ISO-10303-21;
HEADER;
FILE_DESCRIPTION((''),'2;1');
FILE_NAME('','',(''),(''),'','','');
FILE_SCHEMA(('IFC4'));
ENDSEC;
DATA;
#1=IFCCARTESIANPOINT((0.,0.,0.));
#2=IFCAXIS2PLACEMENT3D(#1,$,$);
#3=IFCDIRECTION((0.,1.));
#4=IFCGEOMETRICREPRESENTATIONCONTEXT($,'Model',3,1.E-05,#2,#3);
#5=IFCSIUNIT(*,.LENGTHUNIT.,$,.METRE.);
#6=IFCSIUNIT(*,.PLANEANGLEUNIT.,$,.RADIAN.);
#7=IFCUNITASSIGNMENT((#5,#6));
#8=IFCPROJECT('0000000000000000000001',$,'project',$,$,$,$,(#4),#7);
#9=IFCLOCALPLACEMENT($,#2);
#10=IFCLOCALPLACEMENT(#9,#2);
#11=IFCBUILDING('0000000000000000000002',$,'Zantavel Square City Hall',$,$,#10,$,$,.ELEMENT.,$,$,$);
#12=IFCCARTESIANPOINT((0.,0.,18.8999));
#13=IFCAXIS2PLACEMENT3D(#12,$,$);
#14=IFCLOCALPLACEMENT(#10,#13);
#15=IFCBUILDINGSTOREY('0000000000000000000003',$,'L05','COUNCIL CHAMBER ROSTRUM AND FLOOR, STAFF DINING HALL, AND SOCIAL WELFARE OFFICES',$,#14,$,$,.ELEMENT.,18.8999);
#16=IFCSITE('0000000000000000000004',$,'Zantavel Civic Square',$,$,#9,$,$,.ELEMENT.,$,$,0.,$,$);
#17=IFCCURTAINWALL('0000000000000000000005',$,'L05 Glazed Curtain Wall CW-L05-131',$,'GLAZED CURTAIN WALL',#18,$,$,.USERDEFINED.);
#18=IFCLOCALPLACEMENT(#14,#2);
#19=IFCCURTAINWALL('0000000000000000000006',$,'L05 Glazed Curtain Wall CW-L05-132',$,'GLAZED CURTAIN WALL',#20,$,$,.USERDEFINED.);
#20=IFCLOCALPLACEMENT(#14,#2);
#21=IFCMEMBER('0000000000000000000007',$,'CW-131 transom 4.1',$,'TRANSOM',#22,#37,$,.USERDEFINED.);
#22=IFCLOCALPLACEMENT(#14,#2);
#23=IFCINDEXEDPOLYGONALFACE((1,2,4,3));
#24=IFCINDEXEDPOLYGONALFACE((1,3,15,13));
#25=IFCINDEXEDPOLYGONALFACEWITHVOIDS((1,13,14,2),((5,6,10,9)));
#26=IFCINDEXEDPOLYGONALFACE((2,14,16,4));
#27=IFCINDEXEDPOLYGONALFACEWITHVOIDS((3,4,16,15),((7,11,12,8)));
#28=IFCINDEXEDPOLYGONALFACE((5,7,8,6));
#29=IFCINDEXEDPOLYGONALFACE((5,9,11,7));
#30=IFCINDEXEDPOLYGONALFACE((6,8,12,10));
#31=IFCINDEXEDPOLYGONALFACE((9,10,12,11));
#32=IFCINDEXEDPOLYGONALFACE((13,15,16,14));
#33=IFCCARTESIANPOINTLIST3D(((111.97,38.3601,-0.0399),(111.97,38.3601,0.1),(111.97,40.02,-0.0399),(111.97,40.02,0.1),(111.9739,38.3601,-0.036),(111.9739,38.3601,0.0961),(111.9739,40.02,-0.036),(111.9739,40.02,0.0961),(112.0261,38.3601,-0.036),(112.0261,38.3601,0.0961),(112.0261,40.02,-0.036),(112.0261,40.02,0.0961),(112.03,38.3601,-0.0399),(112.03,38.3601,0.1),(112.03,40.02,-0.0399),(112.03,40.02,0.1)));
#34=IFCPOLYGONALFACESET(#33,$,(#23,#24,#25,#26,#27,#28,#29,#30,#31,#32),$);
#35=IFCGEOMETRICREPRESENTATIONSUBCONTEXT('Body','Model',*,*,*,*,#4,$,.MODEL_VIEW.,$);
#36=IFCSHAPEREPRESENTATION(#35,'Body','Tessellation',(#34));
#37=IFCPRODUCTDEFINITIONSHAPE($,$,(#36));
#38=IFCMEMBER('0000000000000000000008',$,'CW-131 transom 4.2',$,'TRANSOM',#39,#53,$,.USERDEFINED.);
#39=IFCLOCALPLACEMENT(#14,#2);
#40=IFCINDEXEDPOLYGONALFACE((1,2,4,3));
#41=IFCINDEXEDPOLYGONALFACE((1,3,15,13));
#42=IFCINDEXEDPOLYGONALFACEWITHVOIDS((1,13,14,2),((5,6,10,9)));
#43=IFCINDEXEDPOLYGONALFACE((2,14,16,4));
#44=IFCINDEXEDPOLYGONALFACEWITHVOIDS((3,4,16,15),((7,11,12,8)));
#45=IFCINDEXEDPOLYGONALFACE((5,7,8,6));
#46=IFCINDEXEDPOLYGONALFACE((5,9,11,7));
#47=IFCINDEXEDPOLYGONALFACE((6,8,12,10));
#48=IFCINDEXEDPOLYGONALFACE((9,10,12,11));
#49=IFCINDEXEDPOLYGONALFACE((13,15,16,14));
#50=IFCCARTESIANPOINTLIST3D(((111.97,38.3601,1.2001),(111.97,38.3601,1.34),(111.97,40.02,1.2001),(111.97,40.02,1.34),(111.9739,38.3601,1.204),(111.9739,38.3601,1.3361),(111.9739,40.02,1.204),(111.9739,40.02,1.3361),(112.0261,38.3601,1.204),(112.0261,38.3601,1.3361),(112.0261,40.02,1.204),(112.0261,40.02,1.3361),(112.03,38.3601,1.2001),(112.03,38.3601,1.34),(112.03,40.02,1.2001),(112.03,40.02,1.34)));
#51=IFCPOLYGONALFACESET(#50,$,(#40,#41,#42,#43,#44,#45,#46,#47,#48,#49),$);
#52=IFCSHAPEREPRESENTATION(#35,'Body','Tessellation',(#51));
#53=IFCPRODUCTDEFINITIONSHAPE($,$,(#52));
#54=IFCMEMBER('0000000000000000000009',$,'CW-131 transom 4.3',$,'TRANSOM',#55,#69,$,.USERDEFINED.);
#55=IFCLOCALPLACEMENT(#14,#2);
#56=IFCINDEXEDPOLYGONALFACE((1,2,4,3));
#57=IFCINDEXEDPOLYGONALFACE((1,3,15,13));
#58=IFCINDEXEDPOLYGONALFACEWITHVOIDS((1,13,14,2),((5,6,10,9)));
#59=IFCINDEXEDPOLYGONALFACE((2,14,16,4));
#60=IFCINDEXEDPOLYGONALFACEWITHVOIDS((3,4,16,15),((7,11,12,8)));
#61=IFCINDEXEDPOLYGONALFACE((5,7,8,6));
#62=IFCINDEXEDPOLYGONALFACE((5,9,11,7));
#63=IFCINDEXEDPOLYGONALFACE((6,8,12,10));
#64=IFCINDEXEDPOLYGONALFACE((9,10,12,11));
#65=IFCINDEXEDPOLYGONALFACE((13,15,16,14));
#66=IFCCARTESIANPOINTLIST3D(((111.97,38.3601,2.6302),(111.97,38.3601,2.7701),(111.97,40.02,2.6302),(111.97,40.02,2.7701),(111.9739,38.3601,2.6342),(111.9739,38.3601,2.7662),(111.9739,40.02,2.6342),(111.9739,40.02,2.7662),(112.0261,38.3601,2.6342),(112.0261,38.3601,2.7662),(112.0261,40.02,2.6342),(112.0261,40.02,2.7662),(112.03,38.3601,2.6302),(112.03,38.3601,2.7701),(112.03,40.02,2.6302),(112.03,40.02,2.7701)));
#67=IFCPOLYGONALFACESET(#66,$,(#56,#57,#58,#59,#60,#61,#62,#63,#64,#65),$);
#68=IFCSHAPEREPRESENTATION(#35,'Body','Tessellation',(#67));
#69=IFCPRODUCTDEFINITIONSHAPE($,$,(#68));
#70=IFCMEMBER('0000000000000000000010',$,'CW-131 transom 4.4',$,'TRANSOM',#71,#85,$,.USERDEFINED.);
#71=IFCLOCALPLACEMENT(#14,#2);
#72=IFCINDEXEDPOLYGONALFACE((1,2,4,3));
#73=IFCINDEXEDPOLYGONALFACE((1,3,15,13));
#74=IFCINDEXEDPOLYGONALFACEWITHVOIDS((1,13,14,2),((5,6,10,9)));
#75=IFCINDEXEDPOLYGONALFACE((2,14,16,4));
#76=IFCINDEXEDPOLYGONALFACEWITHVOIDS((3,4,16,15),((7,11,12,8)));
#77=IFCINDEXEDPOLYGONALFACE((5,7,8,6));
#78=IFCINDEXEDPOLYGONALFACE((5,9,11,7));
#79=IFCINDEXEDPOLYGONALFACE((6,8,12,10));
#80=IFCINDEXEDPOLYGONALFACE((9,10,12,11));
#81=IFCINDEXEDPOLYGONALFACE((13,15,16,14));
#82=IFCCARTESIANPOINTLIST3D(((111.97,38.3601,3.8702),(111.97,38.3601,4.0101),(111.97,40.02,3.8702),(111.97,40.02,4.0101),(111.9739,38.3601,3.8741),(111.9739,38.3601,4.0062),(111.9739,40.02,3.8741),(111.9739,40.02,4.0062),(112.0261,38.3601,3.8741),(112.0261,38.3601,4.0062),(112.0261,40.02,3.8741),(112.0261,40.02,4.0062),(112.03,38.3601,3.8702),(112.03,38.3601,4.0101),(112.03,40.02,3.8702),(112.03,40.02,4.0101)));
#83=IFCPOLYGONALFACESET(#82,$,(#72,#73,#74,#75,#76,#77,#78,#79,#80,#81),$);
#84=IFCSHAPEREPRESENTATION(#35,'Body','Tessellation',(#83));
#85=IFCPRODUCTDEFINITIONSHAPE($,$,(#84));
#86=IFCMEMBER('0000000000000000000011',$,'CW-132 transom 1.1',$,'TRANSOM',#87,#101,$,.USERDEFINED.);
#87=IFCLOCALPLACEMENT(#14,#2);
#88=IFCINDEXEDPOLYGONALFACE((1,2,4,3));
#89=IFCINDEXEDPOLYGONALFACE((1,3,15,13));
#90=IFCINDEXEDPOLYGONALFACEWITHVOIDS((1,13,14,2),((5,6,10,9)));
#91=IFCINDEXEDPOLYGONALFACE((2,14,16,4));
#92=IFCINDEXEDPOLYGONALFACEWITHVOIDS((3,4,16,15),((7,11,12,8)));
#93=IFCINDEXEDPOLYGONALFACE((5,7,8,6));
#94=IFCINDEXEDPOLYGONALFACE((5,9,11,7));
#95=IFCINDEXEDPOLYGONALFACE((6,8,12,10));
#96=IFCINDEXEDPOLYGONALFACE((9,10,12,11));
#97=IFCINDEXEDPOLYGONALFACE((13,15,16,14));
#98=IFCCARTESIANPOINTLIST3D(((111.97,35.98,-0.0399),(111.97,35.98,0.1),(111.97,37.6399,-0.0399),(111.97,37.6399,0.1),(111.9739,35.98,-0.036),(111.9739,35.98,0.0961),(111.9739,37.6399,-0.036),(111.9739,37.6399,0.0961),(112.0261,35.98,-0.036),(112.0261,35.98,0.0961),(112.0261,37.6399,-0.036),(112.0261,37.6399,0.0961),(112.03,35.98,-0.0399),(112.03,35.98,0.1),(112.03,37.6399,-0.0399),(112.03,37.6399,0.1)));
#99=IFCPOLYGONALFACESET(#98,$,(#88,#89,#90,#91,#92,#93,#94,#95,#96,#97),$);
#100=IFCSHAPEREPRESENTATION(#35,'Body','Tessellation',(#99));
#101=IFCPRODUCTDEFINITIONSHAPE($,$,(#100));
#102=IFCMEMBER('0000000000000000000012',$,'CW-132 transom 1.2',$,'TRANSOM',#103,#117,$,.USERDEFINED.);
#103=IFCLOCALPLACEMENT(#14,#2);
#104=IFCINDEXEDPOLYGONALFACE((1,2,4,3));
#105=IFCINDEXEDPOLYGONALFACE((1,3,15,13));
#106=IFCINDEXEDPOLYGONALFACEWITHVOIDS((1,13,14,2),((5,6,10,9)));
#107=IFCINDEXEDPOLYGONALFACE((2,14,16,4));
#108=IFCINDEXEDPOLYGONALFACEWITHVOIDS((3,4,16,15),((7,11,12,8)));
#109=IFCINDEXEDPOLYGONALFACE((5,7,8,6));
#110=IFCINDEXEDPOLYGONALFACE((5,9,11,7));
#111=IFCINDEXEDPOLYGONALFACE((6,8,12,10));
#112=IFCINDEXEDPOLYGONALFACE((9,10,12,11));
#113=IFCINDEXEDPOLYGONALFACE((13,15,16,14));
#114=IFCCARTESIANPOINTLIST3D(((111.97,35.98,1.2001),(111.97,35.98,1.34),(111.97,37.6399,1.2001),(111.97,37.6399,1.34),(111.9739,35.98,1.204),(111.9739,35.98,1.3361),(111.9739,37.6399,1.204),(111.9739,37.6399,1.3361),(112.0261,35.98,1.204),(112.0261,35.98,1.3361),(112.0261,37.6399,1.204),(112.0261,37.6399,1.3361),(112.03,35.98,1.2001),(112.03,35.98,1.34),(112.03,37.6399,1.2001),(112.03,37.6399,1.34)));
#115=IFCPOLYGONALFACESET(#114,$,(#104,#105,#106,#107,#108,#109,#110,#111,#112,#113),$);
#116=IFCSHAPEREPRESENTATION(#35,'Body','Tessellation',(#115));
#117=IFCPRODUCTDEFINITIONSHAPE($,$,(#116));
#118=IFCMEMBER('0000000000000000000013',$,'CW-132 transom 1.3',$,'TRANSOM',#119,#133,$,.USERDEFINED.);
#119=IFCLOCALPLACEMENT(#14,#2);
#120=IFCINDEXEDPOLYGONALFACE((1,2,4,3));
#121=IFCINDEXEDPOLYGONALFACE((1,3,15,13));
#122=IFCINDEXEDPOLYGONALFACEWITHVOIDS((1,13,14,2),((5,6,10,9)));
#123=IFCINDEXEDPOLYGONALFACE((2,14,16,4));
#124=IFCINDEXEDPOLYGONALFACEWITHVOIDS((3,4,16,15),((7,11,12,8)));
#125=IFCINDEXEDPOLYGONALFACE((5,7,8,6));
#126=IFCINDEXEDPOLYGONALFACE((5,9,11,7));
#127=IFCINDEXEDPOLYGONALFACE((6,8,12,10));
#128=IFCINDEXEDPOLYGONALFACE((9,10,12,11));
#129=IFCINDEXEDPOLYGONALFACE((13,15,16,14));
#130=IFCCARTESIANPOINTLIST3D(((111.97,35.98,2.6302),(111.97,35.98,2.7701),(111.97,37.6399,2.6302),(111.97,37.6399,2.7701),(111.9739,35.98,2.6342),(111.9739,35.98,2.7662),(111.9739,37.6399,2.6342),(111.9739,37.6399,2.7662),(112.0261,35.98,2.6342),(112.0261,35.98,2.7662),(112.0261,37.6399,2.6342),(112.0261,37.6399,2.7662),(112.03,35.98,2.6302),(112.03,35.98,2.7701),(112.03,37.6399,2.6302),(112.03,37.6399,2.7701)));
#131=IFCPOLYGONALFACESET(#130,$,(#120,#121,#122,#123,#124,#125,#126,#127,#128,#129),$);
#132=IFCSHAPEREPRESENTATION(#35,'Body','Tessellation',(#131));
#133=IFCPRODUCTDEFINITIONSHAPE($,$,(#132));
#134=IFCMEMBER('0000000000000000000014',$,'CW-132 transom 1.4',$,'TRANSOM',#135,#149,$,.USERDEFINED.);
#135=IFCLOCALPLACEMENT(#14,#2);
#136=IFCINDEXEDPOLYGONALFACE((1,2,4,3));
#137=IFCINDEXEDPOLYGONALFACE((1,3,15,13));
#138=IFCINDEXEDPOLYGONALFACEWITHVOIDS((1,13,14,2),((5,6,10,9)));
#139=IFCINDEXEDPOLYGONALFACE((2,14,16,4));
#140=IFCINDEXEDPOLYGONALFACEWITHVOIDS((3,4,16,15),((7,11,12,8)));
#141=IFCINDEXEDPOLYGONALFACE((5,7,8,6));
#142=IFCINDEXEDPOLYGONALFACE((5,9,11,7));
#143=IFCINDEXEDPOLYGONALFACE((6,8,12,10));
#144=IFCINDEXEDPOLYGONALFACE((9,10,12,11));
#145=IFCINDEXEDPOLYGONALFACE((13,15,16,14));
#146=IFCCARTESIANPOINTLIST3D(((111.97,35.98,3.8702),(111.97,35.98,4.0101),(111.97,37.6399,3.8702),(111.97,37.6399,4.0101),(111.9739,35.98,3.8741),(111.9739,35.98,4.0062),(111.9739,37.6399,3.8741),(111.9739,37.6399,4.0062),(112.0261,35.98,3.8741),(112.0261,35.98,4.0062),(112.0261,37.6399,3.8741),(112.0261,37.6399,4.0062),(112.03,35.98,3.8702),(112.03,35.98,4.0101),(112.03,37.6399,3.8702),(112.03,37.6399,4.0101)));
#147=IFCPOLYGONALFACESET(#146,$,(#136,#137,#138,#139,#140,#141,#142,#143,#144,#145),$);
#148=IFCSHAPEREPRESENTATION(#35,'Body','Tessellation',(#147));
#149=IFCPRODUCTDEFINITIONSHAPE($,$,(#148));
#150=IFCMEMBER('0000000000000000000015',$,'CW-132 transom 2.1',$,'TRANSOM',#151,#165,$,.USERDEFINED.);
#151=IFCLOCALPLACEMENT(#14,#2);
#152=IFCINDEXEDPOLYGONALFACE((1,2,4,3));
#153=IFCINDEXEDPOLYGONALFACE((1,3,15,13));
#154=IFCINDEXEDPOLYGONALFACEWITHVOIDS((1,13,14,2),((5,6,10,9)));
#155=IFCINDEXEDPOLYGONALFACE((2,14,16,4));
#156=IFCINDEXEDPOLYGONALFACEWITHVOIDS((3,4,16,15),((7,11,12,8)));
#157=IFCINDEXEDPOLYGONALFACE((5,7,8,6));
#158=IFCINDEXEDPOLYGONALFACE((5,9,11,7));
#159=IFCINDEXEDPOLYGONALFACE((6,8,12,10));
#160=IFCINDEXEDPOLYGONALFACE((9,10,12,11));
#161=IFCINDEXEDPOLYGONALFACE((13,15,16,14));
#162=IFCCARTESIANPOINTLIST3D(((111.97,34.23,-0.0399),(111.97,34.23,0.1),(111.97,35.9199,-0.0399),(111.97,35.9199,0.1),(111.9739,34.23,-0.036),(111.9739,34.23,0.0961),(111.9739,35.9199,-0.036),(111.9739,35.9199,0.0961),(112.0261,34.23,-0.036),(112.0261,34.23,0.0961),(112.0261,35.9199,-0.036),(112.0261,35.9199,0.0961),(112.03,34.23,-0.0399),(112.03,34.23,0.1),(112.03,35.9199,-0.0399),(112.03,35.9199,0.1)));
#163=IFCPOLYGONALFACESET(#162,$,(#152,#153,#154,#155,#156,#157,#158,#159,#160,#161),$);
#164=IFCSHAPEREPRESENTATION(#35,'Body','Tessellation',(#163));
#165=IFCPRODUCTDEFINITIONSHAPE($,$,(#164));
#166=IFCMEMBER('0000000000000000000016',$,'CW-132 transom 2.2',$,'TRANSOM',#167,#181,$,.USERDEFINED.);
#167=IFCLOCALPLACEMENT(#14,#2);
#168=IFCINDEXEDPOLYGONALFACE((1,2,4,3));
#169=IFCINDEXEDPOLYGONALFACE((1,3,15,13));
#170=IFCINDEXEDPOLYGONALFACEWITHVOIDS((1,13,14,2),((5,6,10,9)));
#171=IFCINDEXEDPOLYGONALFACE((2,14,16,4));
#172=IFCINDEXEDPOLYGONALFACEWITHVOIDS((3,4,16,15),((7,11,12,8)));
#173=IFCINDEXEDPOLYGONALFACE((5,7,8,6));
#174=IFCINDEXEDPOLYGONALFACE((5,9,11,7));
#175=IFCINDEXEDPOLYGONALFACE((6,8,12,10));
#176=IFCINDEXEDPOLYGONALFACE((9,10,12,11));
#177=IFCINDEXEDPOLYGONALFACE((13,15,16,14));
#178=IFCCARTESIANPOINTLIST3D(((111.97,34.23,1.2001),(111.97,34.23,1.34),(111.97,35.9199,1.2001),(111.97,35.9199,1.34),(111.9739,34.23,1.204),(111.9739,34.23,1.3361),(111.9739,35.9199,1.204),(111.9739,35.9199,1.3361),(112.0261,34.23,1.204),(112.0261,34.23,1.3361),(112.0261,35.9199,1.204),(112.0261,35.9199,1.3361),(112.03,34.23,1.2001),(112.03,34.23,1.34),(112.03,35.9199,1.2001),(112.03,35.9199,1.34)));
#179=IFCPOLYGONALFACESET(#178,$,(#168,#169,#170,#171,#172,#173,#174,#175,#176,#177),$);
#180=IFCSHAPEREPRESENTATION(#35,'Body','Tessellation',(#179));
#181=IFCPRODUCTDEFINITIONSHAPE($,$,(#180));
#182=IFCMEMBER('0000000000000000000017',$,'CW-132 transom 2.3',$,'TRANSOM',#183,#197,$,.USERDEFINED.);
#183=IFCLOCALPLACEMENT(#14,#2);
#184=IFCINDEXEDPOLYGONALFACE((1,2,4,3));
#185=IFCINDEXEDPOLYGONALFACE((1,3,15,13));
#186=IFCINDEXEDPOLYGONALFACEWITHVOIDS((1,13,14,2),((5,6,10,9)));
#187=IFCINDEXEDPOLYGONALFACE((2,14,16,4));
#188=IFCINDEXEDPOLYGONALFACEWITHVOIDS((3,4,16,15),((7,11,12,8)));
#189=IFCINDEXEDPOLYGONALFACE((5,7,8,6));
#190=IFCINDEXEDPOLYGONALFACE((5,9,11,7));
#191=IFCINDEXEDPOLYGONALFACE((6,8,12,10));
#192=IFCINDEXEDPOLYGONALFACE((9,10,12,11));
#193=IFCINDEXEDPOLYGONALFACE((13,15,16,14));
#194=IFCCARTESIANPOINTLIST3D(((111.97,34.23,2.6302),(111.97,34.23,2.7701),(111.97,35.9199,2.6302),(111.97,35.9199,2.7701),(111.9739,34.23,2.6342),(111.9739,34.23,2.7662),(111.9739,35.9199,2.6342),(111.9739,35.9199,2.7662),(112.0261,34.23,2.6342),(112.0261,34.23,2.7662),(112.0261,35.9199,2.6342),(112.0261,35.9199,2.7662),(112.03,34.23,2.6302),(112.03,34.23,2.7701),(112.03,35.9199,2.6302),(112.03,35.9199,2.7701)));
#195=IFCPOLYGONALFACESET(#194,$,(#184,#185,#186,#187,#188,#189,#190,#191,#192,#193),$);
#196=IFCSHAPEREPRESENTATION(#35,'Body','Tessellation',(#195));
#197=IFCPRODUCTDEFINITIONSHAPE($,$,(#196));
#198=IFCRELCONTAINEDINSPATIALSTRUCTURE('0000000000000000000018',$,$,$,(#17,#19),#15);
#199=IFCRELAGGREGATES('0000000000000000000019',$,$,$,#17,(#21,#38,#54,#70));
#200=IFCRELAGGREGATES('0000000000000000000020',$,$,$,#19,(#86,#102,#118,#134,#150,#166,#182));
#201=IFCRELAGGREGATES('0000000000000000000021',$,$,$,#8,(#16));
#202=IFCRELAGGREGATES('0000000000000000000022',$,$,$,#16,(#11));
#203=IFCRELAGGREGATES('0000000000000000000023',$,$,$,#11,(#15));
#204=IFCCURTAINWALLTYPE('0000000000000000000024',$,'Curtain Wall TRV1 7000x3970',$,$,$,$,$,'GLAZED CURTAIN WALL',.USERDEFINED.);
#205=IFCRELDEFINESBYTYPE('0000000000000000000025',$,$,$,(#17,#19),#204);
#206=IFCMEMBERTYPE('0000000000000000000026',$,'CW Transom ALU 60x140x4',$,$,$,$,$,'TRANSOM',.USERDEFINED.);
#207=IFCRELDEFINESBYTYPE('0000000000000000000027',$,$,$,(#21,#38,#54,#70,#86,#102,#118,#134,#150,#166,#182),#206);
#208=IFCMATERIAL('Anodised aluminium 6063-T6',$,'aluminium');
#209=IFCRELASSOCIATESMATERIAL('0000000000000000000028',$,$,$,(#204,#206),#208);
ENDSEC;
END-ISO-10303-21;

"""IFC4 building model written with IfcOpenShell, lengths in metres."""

from ifc_helpers import new_model, si_unit, direction, frame, origin, origin_2d, place, context, subcontext, project, spatial, hollow_rectangle, extrude, material, material_profile, profile_set, type_object, element, aggregate, save


model = new_model("IFC4")

# Units and contexts
model_context = context("Model", 3, precision=1e-05, world=origin(), true_north=direction((0.0, 1.0)))
body_context = subcontext(model_context, "Body", "Model", "MODEL_VIEW")
ifc_project = project(units=[si_unit("LENGTHUNIT", "METRE"), si_unit("PLANEANGLEUNIT", "RADIAN")], contexts=[model_context])

# Site, building, storey
site_placement = place(None, origin())
site = spatial("IfcSite", under=ifc_project, at=site_placement, Name="Zantavel Civic Square", CompositionType="ELEMENT", RefElevation=0.0)
building_placement = place(site_placement, origin())
building = spatial("IfcBuilding", under=site, at=building_placement, Name="Zantavel Square City Hall", CompositionType="ELEMENT")
storey_placement = place(building_placement, frame((0.0, 0.0, 18.8999)))
storey = spatial("IfcBuildingStorey", under=building, at=storey_placement, Name="L05", Description="COUNCIL CHAMBER ROSTRUM AND FLOOR, STAFF DINING HALL, AND SOCIAL WELFARE OFFICES", CompositionType="ELEMENT", Elevation=18.8999)

# Curtain walls
ifc_material_1 = material(Name="Anodised aluminium 6063-T6", Category="aluminium")
curtain_wall_type = type_object("IfcCurtainWallType", Name="Curtain Wall TRV1 7000x3970", ElementType="GLAZED CURTAIN WALL", PredefinedType="USERDEFINED", material=ifc_material_1)
curtain_wall_1_placement = place(storey_placement, origin())
curtain_wall_1 = element("IfcCurtainWall", 1, at=curtain_wall_1_placement, inside=storey, type_object=curtain_wall_type, Name="L05 Glazed Curtain Wall CW-L05-131", ObjectType="GLAZED CURTAIN WALL", PredefinedType="USERDEFINED")
curtain_wall_2_placement = place(storey_placement, origin())
curtain_wall_2 = element("IfcCurtainWall", 2, at=curtain_wall_2_placement, inside=storey, type_object=curtain_wall_type, Name="L05 Glazed Curtain Wall CW-L05-132", ObjectType="GLAZED CURTAIN WALL", PredefinedType="USERDEFINED")

# Members
ifc_material_profile_1 = material_profile(ifc_material_1, hollow_rectangle(XDim=0.0601, YDim=0.1399, WallThickness=0.0039, at=origin_2d()), Name="ALU 60x140x4")
ifc_profile_set_1 = profile_set([ifc_material_profile_1], Name="Anodised aluminium 6063-T6")
member_type_1 = type_object("IfcMemberType", Name="CW Transom ALU 60x140x4", ElementType="TRANSOM", PredefinedType="USERDEFINED", material=ifc_profile_set_1)
member_1_placement = place(storey_placement, frame((112.0, 40.02, 0.03), z_axis=(0.0, -1.0, 0.0), x_axis=(1.0, 0.0, 0.0)))
member_1 = element("IfcMember", 3, at=member_1_placement, type_object=member_type_1, Name="CW-131 transom 4.1", ObjectType="TRANSOM", PredefinedType="USERDEFINED", context=body_context, shape_type="SweptSolid", body=[
    extrude(hollow_rectangle(XDim=0.0601, YDim=0.1399, WallThickness=0.0039, at=origin_2d()), origin(), (0.0, 0.0, 1.0), 1.6599),
])
member_2_placement = place(storey_placement, frame((112.0, 40.02, 1.27), z_axis=(0.0, -1.0, 0.0), x_axis=(1.0, 0.0, 0.0)))
member_2 = element("IfcMember", 4, at=member_2_placement, type_object=member_type_1, Name="CW-131 transom 4.2", ObjectType="TRANSOM", PredefinedType="USERDEFINED", context=body_context, shape_type="SweptSolid", body=[
    extrude(hollow_rectangle(XDim=0.0601, YDim=0.1399, WallThickness=0.0039, at=origin_2d()), origin(), (0.0, 0.0, 1.0), 1.6599),
])
member_3_placement = place(storey_placement, frame((112.0, 40.02, 2.7002), z_axis=(0.0, -1.0, 0.0), x_axis=(1.0, 0.0, 0.0)))
member_3 = element("IfcMember", 5, at=member_3_placement, type_object=member_type_1, Name="CW-131 transom 4.3", ObjectType="TRANSOM", PredefinedType="USERDEFINED", context=body_context, shape_type="SweptSolid", body=[
    extrude(hollow_rectangle(XDim=0.0601, YDim=0.1399, WallThickness=0.0039, at=origin_2d()), origin(), (0.0, 0.0, 1.0), 1.6599),
])
member_4_placement = place(storey_placement, frame((112.0, 40.02, 3.9402), z_axis=(0.0, -1.0, 0.0), x_axis=(1.0, 0.0, 0.0)))
member_4 = element("IfcMember", 6, at=member_4_placement, type_object=member_type_1, Name="CW-131 transom 4.4", ObjectType="TRANSOM", PredefinedType="USERDEFINED", context=body_context, shape_type="SweptSolid", body=[
    extrude(hollow_rectangle(XDim=0.0601, YDim=0.1399, WallThickness=0.0039, at=origin_2d()), origin(), (0.0, 0.0, 1.0), 1.6599),
])
member_5_placement = place(storey_placement, frame((112.0, 37.6399, 0.03), z_axis=(0.0, -1.0, 0.0), x_axis=(1.0, 0.0, 0.0)))
member_5 = element("IfcMember", 7, at=member_5_placement, type_object=member_type_1, Name="CW-132 transom 1.1", ObjectType="TRANSOM", PredefinedType="USERDEFINED", context=body_context, shape_type="SweptSolid", body=[
    extrude(hollow_rectangle(XDim=0.0601, YDim=0.1399, WallThickness=0.0039, at=origin_2d()), origin(), (0.0, 0.0, 1.0), 1.6599),
])
member_6_placement = place(storey_placement, frame((112.0, 37.6399, 1.27), z_axis=(0.0, -1.0, 0.0), x_axis=(1.0, 0.0, 0.0)))
member_6 = element("IfcMember", 8, at=member_6_placement, type_object=member_type_1, Name="CW-132 transom 1.2", ObjectType="TRANSOM", PredefinedType="USERDEFINED", context=body_context, shape_type="SweptSolid", body=[
    extrude(hollow_rectangle(XDim=0.0601, YDim=0.1399, WallThickness=0.0039, at=origin_2d()), origin(), (0.0, 0.0, 1.0), 1.6599),
])
member_7_placement = place(storey_placement, frame((112.0, 37.6399, 2.7002), z_axis=(0.0, -1.0, 0.0), x_axis=(1.0, 0.0, 0.0)))
member_7 = element("IfcMember", 9, at=member_7_placement, type_object=member_type_1, Name="CW-132 transom 1.3", ObjectType="TRANSOM", PredefinedType="USERDEFINED", context=body_context, shape_type="SweptSolid", body=[
    extrude(hollow_rectangle(XDim=0.0601, YDim=0.1399, WallThickness=0.0039, at=origin_2d()), origin(), (0.0, 0.0, 1.0), 1.6599),
])
member_8_placement = place(storey_placement, frame((112.0, 37.6399, 3.9402), z_axis=(0.0, -1.0, 0.0), x_axis=(1.0, 0.0, 0.0)))
member_8 = element("IfcMember", 10, at=member_8_placement, type_object=member_type_1, Name="CW-132 transom 1.4", ObjectType="TRANSOM", PredefinedType="USERDEFINED", context=body_context, shape_type="SweptSolid", body=[
    extrude(hollow_rectangle(XDim=0.0601, YDim=0.1399, WallThickness=0.0039, at=origin_2d()), origin(), (0.0, 0.0, 1.0), 1.6599),
])
member_9_placement = place(storey_placement, frame((112.0, 35.9199, 0.03), z_axis=(0.0, -1.0, 0.0), x_axis=(1.0, 0.0, 0.0)))
member_9 = element("IfcMember", 11, at=member_9_placement, type_object=member_type_1, Name="CW-132 transom 2.1", ObjectType="TRANSOM", PredefinedType="USERDEFINED", context=body_context, shape_type="SweptSolid", body=[
    extrude(hollow_rectangle(XDim=0.0601, YDim=0.1399, WallThickness=0.0039, at=origin_2d()), origin(), (0.0, 0.0, 1.0), 1.6899),
])
member_10_placement = place(storey_placement, frame((112.0, 35.9199, 1.27), z_axis=(0.0, -1.0, 0.0), x_axis=(1.0, 0.0, 0.0)))
member_10 = element("IfcMember", 12, at=member_10_placement, type_object=member_type_1, Name="CW-132 transom 2.2", ObjectType="TRANSOM", PredefinedType="USERDEFINED", context=body_context, shape_type="SweptSolid", body=[
    extrude(hollow_rectangle(XDim=0.0601, YDim=0.1399, WallThickness=0.0039, at=origin_2d()), origin(), (0.0, 0.0, 1.0), 1.6899),
])
member_11_placement = place(storey_placement, frame((112.0, 35.9199, 2.7002), z_axis=(0.0, -1.0, 0.0), x_axis=(1.0, 0.0, 0.0)))
member_11 = element("IfcMember", 13, at=member_11_placement, type_object=member_type_1, Name="CW-132 transom 2.3", ObjectType="TRANSOM", PredefinedType="USERDEFINED", context=body_context, shape_type="SweptSolid", body=[
    extrude(hollow_rectangle(XDim=0.0601, YDim=0.1399, WallThickness=0.0039, at=origin_2d()), origin(), (0.0, 0.0, 1.0), 1.6899),
])

aggregate(curtain_wall_1, [member_1, member_2, member_3, member_4])
aggregate(curtain_wall_2, [member_5, member_6, member_7, member_8, member_9, member_10, member_11])

save(model, "model.ifc")
